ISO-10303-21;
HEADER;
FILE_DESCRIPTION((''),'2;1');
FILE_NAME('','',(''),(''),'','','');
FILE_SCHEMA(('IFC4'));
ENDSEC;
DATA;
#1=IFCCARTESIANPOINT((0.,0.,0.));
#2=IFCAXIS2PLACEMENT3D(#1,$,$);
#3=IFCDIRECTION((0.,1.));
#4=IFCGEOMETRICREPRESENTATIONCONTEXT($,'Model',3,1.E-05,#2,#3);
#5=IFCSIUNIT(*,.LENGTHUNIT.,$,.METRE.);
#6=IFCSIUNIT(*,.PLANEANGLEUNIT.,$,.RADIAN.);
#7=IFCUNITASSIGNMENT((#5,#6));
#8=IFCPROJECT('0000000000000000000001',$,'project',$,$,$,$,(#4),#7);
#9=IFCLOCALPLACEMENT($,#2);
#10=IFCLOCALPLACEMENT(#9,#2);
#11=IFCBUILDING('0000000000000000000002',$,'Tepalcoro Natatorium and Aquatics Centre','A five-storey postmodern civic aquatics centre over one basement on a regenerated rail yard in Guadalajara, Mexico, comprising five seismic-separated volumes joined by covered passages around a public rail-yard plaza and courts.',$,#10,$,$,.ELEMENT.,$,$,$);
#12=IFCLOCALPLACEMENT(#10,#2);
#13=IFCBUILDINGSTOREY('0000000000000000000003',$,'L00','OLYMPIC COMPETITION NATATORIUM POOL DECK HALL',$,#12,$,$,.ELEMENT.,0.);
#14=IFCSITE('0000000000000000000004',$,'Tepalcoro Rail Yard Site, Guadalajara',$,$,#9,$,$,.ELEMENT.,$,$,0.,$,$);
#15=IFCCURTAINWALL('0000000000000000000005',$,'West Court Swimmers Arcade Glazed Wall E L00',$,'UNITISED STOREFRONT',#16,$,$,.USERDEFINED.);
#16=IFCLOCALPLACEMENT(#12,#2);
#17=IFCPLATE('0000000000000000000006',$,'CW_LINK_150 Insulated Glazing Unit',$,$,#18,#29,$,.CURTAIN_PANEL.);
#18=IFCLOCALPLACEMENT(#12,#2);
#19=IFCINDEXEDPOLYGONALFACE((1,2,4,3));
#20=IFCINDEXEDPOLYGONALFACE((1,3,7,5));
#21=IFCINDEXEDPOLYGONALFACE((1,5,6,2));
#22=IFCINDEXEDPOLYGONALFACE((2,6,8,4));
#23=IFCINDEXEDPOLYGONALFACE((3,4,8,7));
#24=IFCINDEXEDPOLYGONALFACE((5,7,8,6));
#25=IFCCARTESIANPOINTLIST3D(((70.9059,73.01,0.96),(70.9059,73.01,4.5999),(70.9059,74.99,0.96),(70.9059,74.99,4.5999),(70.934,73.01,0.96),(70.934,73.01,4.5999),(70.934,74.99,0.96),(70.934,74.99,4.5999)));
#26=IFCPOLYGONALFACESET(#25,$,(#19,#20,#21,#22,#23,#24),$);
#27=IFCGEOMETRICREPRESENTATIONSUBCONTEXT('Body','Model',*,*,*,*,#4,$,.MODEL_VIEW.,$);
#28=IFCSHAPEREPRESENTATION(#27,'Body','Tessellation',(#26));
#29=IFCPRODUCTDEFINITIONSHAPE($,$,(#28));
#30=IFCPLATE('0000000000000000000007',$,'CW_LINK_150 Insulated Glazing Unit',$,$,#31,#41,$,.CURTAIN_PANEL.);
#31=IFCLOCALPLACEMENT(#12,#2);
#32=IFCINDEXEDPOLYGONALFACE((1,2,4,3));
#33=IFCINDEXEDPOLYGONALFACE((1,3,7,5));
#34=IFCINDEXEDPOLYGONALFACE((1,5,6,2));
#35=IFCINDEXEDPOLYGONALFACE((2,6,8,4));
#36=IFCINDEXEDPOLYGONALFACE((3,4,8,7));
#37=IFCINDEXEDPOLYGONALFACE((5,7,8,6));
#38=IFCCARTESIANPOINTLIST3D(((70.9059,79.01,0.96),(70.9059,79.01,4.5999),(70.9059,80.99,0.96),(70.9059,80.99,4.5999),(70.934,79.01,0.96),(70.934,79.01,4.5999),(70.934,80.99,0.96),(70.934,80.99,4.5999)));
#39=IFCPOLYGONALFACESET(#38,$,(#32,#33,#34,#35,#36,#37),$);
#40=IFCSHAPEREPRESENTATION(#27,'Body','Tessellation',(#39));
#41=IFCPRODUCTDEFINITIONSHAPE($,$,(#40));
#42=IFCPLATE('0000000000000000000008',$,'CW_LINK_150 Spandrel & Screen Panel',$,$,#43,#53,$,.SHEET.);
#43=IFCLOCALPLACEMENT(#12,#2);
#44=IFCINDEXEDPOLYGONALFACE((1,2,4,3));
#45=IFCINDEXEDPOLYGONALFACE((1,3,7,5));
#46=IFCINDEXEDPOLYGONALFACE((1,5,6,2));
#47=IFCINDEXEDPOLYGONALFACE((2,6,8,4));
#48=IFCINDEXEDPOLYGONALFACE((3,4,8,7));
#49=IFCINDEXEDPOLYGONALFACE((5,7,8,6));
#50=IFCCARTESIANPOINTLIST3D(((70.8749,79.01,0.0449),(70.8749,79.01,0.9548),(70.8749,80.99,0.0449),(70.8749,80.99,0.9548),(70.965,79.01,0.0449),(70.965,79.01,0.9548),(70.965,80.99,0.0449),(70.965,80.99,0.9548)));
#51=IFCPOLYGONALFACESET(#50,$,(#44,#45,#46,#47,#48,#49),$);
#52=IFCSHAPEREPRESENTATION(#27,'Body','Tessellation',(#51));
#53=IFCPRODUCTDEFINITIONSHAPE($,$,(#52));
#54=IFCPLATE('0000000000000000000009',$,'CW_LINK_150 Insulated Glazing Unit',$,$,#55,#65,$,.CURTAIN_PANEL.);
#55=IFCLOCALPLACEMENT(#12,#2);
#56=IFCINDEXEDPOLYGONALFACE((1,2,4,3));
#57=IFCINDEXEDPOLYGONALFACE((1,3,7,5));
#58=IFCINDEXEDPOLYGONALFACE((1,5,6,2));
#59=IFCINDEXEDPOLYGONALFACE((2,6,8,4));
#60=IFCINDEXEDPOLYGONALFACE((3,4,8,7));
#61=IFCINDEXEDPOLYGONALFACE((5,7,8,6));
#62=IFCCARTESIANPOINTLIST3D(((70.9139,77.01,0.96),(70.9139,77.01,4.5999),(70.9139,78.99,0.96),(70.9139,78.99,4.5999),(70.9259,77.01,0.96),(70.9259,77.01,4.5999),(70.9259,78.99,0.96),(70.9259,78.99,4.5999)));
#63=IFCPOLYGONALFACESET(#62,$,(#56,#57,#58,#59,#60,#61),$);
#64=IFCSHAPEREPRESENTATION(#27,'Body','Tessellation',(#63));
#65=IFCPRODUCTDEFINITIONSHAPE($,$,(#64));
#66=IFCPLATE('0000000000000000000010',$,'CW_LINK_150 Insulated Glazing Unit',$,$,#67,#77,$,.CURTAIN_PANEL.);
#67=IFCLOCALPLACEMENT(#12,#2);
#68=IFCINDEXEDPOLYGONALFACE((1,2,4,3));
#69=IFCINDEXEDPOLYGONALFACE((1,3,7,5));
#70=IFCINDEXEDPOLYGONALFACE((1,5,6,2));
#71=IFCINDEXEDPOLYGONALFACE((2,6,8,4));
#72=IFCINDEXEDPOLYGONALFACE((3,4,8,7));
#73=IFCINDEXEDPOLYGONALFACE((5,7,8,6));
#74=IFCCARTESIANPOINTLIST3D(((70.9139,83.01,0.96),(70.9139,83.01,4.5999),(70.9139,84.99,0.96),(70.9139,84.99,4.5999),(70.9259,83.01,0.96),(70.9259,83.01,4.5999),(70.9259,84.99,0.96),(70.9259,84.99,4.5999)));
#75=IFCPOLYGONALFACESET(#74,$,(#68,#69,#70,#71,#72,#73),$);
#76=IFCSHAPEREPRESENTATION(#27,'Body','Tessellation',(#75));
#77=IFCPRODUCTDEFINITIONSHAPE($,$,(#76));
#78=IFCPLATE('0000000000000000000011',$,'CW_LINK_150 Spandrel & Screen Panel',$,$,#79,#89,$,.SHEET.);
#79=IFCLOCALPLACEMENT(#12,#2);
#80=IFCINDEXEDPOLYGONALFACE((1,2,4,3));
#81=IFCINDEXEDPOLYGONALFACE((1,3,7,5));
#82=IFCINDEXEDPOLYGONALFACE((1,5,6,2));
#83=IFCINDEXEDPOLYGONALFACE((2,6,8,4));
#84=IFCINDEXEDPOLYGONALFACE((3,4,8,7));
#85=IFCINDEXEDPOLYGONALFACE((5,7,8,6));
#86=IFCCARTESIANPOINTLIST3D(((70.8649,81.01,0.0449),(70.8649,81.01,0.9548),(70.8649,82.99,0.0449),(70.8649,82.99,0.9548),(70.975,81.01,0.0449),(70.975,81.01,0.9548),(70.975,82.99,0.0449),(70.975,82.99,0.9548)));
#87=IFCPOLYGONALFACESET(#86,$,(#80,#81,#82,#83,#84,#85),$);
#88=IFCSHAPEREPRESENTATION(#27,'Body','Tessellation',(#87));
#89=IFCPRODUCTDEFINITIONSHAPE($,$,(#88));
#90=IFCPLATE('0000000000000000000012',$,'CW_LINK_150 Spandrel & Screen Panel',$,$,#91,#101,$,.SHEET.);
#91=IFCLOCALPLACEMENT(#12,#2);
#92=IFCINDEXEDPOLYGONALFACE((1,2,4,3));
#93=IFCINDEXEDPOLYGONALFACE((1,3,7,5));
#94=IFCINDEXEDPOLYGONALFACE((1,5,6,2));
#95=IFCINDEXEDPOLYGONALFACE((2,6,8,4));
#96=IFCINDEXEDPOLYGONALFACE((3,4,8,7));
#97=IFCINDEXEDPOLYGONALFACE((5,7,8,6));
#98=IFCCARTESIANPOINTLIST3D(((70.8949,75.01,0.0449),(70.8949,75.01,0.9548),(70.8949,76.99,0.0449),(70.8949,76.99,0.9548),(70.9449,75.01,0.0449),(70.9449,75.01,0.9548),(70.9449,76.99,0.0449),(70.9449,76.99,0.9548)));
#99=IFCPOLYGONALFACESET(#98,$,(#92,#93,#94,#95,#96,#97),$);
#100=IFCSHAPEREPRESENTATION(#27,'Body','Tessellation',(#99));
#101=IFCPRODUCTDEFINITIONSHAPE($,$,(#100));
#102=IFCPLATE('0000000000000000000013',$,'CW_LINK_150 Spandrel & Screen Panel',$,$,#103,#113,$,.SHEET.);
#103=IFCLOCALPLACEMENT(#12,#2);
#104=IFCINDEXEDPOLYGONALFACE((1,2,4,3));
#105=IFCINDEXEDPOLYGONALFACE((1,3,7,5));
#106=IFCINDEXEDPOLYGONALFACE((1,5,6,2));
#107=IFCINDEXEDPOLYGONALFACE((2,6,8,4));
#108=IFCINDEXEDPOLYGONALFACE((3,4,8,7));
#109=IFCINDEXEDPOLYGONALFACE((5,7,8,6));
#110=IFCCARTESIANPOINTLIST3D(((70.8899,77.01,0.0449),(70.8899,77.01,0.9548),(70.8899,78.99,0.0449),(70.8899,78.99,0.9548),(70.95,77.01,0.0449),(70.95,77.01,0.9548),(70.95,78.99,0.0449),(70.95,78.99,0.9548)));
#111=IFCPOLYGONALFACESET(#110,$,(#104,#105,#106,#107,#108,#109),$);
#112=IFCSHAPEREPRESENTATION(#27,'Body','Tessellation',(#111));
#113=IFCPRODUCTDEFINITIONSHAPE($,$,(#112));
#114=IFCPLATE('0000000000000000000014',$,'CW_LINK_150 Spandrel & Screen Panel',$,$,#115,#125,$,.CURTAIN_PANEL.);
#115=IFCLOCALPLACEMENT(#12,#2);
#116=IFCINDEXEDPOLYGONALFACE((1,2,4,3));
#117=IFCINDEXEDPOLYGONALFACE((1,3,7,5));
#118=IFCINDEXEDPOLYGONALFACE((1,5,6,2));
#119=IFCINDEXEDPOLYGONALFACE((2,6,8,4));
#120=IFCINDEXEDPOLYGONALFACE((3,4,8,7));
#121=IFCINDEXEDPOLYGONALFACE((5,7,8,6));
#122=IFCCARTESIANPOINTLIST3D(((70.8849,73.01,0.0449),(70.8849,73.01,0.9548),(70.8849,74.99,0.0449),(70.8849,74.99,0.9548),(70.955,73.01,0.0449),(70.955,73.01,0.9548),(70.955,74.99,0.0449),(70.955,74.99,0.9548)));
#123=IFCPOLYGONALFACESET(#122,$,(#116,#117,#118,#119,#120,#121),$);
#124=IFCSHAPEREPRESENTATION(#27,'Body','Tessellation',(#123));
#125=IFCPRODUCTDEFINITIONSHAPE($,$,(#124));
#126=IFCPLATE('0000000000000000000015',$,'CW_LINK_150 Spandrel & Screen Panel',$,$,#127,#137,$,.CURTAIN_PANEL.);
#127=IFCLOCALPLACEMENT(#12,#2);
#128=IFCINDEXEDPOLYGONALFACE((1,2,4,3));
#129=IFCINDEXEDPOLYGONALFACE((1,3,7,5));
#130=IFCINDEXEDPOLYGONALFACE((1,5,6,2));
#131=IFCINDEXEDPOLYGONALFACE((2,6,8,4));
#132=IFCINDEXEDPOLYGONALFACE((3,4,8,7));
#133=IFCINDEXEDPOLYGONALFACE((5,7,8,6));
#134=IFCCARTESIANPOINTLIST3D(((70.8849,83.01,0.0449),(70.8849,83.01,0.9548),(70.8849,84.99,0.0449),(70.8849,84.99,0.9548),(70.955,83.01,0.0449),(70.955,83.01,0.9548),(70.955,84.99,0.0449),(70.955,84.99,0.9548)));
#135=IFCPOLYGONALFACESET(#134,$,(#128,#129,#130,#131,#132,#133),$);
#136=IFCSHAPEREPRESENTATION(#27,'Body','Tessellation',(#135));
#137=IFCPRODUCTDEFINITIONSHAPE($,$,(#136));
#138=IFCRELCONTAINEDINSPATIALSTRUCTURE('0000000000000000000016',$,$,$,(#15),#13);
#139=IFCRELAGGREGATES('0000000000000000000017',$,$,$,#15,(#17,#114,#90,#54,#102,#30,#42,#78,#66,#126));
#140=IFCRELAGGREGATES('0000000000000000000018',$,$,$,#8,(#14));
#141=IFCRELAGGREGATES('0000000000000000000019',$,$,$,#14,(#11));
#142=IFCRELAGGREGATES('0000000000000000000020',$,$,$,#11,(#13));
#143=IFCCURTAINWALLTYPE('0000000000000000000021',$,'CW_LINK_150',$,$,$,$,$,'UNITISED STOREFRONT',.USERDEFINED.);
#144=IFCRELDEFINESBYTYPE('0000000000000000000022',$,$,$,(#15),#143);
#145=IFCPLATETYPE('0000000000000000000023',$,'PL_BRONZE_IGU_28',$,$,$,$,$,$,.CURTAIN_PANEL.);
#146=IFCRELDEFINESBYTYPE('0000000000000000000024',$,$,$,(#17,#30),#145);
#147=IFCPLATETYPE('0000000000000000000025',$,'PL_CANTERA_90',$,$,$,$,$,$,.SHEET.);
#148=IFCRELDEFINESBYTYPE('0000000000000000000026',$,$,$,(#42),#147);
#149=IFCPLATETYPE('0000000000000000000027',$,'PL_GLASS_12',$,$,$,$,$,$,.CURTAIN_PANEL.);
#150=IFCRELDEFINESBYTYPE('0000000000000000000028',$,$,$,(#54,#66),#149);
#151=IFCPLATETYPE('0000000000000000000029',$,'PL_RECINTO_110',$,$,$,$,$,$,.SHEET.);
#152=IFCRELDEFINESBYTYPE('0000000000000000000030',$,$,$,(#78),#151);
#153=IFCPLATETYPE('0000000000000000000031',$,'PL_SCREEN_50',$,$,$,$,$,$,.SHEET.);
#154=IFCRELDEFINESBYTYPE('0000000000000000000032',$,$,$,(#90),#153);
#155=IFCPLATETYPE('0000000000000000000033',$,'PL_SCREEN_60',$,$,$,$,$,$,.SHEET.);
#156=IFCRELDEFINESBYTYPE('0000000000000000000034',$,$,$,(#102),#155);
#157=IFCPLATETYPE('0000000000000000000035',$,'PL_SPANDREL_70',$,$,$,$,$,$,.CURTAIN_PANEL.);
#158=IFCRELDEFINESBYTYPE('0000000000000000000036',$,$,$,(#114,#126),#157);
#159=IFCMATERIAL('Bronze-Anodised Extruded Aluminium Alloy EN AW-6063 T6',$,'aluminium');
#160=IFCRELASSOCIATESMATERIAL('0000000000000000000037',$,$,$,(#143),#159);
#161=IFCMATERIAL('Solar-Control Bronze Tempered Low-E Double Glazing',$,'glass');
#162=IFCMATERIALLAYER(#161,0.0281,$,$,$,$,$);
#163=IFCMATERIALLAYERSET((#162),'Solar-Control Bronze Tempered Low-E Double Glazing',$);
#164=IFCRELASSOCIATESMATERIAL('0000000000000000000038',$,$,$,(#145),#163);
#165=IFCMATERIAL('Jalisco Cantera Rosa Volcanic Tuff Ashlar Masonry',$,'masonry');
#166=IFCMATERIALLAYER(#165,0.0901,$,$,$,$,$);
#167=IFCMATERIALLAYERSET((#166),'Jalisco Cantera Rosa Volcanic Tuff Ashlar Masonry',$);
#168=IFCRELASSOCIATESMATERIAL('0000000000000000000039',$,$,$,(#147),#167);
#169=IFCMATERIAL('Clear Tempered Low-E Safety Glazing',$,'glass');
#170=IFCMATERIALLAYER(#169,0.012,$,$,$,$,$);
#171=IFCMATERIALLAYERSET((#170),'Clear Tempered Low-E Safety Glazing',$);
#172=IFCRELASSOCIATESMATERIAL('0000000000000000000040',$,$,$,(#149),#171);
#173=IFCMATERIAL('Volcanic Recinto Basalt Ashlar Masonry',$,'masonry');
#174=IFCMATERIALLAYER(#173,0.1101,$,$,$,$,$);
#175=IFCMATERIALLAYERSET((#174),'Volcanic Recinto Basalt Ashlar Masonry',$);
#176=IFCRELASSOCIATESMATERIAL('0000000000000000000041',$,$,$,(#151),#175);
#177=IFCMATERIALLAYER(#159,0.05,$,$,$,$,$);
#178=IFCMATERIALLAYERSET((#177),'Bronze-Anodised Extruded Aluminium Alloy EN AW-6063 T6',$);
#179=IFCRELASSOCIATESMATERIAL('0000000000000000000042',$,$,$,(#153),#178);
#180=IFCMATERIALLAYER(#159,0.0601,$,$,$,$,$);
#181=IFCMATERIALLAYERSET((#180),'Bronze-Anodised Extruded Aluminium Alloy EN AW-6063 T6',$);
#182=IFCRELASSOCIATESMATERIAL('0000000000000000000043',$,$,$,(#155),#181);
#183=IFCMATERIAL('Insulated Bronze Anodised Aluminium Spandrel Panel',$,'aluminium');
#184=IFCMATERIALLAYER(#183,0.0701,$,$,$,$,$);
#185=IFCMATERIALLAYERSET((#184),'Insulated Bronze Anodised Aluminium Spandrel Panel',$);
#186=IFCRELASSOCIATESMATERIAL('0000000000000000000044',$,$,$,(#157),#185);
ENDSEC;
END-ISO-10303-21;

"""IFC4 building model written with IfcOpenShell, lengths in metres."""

from ifc_helpers import new_model, si_unit, direction, frame, origin, origin_2d, place, context, subcontext, project, spatial, rectangle, extrude, material, layer, layer_set, type_object, element, aggregate, save


model = new_model("IFC4")

# Units and contexts
model_context = context("Model", 3, precision=1e-05, world=origin(), true_north=direction((0.0, 1.0)))
body_context = subcontext(model_context, "Body", "Model", "MODEL_VIEW")
ifc_project = project(units=[si_unit("LENGTHUNIT", "METRE"), si_unit("PLANEANGLEUNIT", "RADIAN")], contexts=[model_context])

# Site, building, storey
site_placement = place(None, origin())
site = spatial("IfcSite", under=ifc_project, at=site_placement, Name="Tepalcoro Rail Yard Site, Guadalajara", CompositionType="ELEMENT", RefElevation=0.0)
building_placement = place(site_placement, origin())
building = spatial("IfcBuilding", under=site, at=building_placement, Name="Tepalcoro Natatorium and Aquatics Centre", Description="A five-storey postmodern civic aquatics centre over one basement on a regenerated rail yard in Guadalajara, Mexico, comprising five seismic-separated volumes joined by covered passages around a public rail-yard plaza and courts.", CompositionType="ELEMENT")
storey_placement = place(building_placement, origin())
storey = spatial("IfcBuildingStorey", under=building, at=storey_placement, Name="L00", Description="OLYMPIC COMPETITION NATATORIUM POOL DECK HALL", CompositionType="ELEMENT", Elevation=0.0)

# Curtain wall
ifc_material_1 = material(Name="Bronze-Anodised Extruded Aluminium Alloy EN AW-6063 T6", Category="aluminium")
curtain_wall_type = type_object("IfcCurtainWallType", Name="CW_LINK_150", ElementType="UNITISED STOREFRONT", PredefinedType="USERDEFINED", material=ifc_material_1)
curtain_wall_placement = place(storey_placement, origin())
curtain_wall = element("IfcCurtainWall", 1, at=curtain_wall_placement, inside=storey, type_object=curtain_wall_type, Name="West Court Swimmers Arcade Glazed Wall E L00", ObjectType="UNITISED STOREFRONT", PredefinedType="USERDEFINED")

# Plates
ifc_material_2 = material(Name="Solar-Control Bronze Tempered Low-E Double Glazing", Category="glass")
ifc_layer_1 = layer(ifc_material_2, 0.0281)
ifc_layer_set_1 = layer_set([ifc_layer_1], Name="Solar-Control Bronze Tempered Low-E Double Glazing")
plate_type_1 = type_object("IfcPlateType", Name="PL_BRONZE_IGU_28", PredefinedType="CURTAIN_PANEL", material=ifc_layer_set_1)
plate_1_placement = place(storey_placement, frame((70.9199, 74.0, 0.96), z_axis=(0.0, 0.0, 1.0), x_axis=(1.0, 0.0, 0.0)))
plate_1 = element("IfcPlate", 2, at=plate_1_placement, type_object=plate_type_1, Name="CW_LINK_150 Insulated Glazing Unit", PredefinedType="CURTAIN_PANEL", context=body_context, shape_type="SweptSolid", body=[
    extrude(rectangle(XDim=0.0281, YDim=1.98, at=origin_2d()), origin(), (0.0, 0.0, 1.0), 3.6399),
])
plate_2_placement = place(storey_placement, frame((70.9199, 80.0, 0.96), z_axis=(0.0, 0.0, 1.0), x_axis=(1.0, 0.0, 0.0)))
plate_2 = element("IfcPlate", 3, at=plate_2_placement, type_object=plate_type_1, Name="CW_LINK_150 Insulated Glazing Unit", PredefinedType="CURTAIN_PANEL", context=body_context, shape_type="SweptSolid", body=[
    extrude(rectangle(XDim=0.0281, YDim=1.98, at=origin_2d()), origin(), (0.0, 0.0, 1.0), 3.6399),
])
ifc_material_3 = material(Name="Jalisco Cantera Rosa Volcanic Tuff Ashlar Masonry", Category="masonry")
ifc_layer_2 = layer(ifc_material_3, 0.0901)
ifc_layer_set_2 = layer_set([ifc_layer_2], Name="Jalisco Cantera Rosa Volcanic Tuff Ashlar Masonry")
plate_type_2 = type_object("IfcPlateType", Name="PL_CANTERA_90", PredefinedType="SHEET", material=ifc_layer_set_2)
plate_3_placement = place(storey_placement, frame((70.9199, 80.0, 0.0449), z_axis=(0.0, 0.0, 1.0), x_axis=(1.0, 0.0, 0.0)))
plate_3 = element("IfcPlate", 4, at=plate_3_placement, type_object=plate_type_2, Name="CW_LINK_150 Spandrel & Screen Panel", PredefinedType="SHEET", context=body_context, shape_type="SweptSolid", body=[
    extrude(rectangle(XDim=0.0901, YDim=1.98, at=origin_2d()), origin(), (0.0, 0.0, 1.0), 0.9099),
])
ifc_material_4 = material(Name="Clear Tempered Low-E Safety Glazing", Category="glass")
ifc_layer_3 = layer(ifc_material_4, 0.012)
ifc_layer_set_3 = layer_set([ifc_layer_3], Name="Clear Tempered Low-E Safety Glazing")
plate_type_3 = type_object("IfcPlateType", Name="PL_GLASS_12", PredefinedType="CURTAIN_PANEL", material=ifc_layer_set_3)
plate_4_placement = place(storey_placement, frame((70.9199, 78.0, 0.96), z_axis=(0.0, 0.0, 1.0), x_axis=(1.0, 0.0, 0.0)))
plate_4 = element("IfcPlate", 5, at=plate_4_placement, type_object=plate_type_3, Name="CW_LINK_150 Insulated Glazing Unit", PredefinedType="CURTAIN_PANEL", context=body_context, shape_type="SweptSolid", body=[
    extrude(rectangle(XDim=0.012, YDim=1.98, at=origin_2d()), origin(), (0.0, 0.0, 1.0), 3.6399),
])
plate_5_placement = place(storey_placement, frame((70.9199, 84.0, 0.96), z_axis=(0.0, 0.0, 1.0), x_axis=(1.0, 0.0, 0.0)))
plate_5 = element("IfcPlate", 6, at=plate_5_placement, type_object=plate_type_3, Name="CW_LINK_150 Insulated Glazing Unit", PredefinedType="CURTAIN_PANEL", context=body_context, shape_type="SweptSolid", body=[
    extrude(rectangle(XDim=0.012, YDim=1.98, at=origin_2d()), origin(), (0.0, 0.0, 1.0), 3.6399),
])
ifc_material_5 = material(Name="Volcanic Recinto Basalt Ashlar Masonry", Category="masonry")
ifc_layer_4 = layer(ifc_material_5, 0.1101)
ifc_layer_set_4 = layer_set([ifc_layer_4], Name="Volcanic Recinto Basalt Ashlar Masonry")
plate_type_4 = type_object("IfcPlateType", Name="PL_RECINTO_110", PredefinedType="SHEET", material=ifc_layer_set_4)
plate_6_placement = place(storey_placement, frame((70.9199, 82.0, 0.0449), z_axis=(0.0, 0.0, 1.0), x_axis=(1.0, 0.0, 0.0)))
plate_6 = element("IfcPlate", 7, at=plate_6_placement, type_object=plate_type_4, Name="CW_LINK_150 Spandrel & Screen Panel", PredefinedType="SHEET", context=body_context, shape_type="SweptSolid", body=[
    extrude(rectangle(XDim=0.1101, YDim=1.98, at=origin_2d()), origin(), (0.0, 0.0, 1.0), 0.9099),
])
ifc_layer_5 = layer(ifc_material_1, 0.05)
ifc_layer_set_5 = layer_set([ifc_layer_5], Name="Bronze-Anodised Extruded Aluminium Alloy EN AW-6063 T6")
plate_type_5 = type_object("IfcPlateType", Name="PL_SCREEN_50", PredefinedType="SHEET", material=ifc_layer_set_5)
plate_7_placement = place(storey_placement, frame((70.9199, 76.0, 0.0449), z_axis=(0.0, 0.0, 1.0), x_axis=(1.0, 0.0, 0.0)))
plate_7 = element("IfcPlate", 8, at=plate_7_placement, type_object=plate_type_5, Name="CW_LINK_150 Spandrel & Screen Panel", PredefinedType="SHEET", context=body_context, shape_type="SweptSolid", body=[
    extrude(rectangle(XDim=0.05, YDim=1.98, at=origin_2d()), origin(), (0.0, 0.0, 1.0), 0.9099),
])
ifc_layer_6 = layer(ifc_material_1, 0.0601)
ifc_layer_set_6 = layer_set([ifc_layer_6], Name="Bronze-Anodised Extruded Aluminium Alloy EN AW-6063 T6")
plate_type_6 = type_object("IfcPlateType", Name="PL_SCREEN_60", PredefinedType="SHEET", material=ifc_layer_set_6)
plate_8_placement = place(storey_placement, frame((70.9199, 78.0, 0.0449), z_axis=(0.0, 0.0, 1.0), x_axis=(1.0, 0.0, 0.0)))
plate_8 = element("IfcPlate", 9, at=plate_8_placement, type_object=plate_type_6, Name="CW_LINK_150 Spandrel & Screen Panel", PredefinedType="SHEET", context=body_context, shape_type="SweptSolid", body=[
    extrude(rectangle(XDim=0.0601, YDim=1.98, at=origin_2d()), origin(), (0.0, 0.0, 1.0), 0.9099),
])
ifc_material_6 = material(Name="Insulated Bronze Anodised Aluminium Spandrel Panel", Category="aluminium")
ifc_layer_7 = layer(ifc_material_6, 0.0701)
ifc_layer_set_7 = layer_set([ifc_layer_7], Name="Insulated Bronze Anodised Aluminium Spandrel Panel")
plate_type_7 = type_object("IfcPlateType", Name="PL_SPANDREL_70", PredefinedType="CURTAIN_PANEL", material=ifc_layer_set_7)
plate_9_placement = place(storey_placement, frame((70.9199, 74.0, 0.0449), z_axis=(0.0, 0.0, 1.0), x_axis=(1.0, 0.0, 0.0)))
plate_9 = element("IfcPlate", 10, at=plate_9_placement, type_object=plate_type_7, Name="CW_LINK_150 Spandrel & Screen Panel", PredefinedType="CURTAIN_PANEL", context=body_context, shape_type="SweptSolid", body=[
    extrude(rectangle(XDim=0.0701, YDim=1.98, at=origin_2d()), origin(), (0.0, 0.0, 1.0), 0.9099),
])
plate_10_placement = place(storey_placement, frame((70.9199, 84.0, 0.0449), z_axis=(0.0, 0.0, 1.0), x_axis=(1.0, 0.0, 0.0)))
plate_10 = element("IfcPlate", 11, at=plate_10_placement, type_object=plate_type_7, Name="CW_LINK_150 Spandrel & Screen Panel", PredefinedType="CURTAIN_PANEL", context=body_context, shape_type="SweptSolid", body=[
    extrude(rectangle(XDim=0.0701, YDim=1.98, at=origin_2d()), origin(), (0.0, 0.0, 1.0), 0.9099),
])
aggregate(curtain_wall, [plate_1, plate_9, plate_7, plate_4, plate_8, plate_2, plate_3, plate_6, plate_5, plate_10])

save(model, "model.ifc")
